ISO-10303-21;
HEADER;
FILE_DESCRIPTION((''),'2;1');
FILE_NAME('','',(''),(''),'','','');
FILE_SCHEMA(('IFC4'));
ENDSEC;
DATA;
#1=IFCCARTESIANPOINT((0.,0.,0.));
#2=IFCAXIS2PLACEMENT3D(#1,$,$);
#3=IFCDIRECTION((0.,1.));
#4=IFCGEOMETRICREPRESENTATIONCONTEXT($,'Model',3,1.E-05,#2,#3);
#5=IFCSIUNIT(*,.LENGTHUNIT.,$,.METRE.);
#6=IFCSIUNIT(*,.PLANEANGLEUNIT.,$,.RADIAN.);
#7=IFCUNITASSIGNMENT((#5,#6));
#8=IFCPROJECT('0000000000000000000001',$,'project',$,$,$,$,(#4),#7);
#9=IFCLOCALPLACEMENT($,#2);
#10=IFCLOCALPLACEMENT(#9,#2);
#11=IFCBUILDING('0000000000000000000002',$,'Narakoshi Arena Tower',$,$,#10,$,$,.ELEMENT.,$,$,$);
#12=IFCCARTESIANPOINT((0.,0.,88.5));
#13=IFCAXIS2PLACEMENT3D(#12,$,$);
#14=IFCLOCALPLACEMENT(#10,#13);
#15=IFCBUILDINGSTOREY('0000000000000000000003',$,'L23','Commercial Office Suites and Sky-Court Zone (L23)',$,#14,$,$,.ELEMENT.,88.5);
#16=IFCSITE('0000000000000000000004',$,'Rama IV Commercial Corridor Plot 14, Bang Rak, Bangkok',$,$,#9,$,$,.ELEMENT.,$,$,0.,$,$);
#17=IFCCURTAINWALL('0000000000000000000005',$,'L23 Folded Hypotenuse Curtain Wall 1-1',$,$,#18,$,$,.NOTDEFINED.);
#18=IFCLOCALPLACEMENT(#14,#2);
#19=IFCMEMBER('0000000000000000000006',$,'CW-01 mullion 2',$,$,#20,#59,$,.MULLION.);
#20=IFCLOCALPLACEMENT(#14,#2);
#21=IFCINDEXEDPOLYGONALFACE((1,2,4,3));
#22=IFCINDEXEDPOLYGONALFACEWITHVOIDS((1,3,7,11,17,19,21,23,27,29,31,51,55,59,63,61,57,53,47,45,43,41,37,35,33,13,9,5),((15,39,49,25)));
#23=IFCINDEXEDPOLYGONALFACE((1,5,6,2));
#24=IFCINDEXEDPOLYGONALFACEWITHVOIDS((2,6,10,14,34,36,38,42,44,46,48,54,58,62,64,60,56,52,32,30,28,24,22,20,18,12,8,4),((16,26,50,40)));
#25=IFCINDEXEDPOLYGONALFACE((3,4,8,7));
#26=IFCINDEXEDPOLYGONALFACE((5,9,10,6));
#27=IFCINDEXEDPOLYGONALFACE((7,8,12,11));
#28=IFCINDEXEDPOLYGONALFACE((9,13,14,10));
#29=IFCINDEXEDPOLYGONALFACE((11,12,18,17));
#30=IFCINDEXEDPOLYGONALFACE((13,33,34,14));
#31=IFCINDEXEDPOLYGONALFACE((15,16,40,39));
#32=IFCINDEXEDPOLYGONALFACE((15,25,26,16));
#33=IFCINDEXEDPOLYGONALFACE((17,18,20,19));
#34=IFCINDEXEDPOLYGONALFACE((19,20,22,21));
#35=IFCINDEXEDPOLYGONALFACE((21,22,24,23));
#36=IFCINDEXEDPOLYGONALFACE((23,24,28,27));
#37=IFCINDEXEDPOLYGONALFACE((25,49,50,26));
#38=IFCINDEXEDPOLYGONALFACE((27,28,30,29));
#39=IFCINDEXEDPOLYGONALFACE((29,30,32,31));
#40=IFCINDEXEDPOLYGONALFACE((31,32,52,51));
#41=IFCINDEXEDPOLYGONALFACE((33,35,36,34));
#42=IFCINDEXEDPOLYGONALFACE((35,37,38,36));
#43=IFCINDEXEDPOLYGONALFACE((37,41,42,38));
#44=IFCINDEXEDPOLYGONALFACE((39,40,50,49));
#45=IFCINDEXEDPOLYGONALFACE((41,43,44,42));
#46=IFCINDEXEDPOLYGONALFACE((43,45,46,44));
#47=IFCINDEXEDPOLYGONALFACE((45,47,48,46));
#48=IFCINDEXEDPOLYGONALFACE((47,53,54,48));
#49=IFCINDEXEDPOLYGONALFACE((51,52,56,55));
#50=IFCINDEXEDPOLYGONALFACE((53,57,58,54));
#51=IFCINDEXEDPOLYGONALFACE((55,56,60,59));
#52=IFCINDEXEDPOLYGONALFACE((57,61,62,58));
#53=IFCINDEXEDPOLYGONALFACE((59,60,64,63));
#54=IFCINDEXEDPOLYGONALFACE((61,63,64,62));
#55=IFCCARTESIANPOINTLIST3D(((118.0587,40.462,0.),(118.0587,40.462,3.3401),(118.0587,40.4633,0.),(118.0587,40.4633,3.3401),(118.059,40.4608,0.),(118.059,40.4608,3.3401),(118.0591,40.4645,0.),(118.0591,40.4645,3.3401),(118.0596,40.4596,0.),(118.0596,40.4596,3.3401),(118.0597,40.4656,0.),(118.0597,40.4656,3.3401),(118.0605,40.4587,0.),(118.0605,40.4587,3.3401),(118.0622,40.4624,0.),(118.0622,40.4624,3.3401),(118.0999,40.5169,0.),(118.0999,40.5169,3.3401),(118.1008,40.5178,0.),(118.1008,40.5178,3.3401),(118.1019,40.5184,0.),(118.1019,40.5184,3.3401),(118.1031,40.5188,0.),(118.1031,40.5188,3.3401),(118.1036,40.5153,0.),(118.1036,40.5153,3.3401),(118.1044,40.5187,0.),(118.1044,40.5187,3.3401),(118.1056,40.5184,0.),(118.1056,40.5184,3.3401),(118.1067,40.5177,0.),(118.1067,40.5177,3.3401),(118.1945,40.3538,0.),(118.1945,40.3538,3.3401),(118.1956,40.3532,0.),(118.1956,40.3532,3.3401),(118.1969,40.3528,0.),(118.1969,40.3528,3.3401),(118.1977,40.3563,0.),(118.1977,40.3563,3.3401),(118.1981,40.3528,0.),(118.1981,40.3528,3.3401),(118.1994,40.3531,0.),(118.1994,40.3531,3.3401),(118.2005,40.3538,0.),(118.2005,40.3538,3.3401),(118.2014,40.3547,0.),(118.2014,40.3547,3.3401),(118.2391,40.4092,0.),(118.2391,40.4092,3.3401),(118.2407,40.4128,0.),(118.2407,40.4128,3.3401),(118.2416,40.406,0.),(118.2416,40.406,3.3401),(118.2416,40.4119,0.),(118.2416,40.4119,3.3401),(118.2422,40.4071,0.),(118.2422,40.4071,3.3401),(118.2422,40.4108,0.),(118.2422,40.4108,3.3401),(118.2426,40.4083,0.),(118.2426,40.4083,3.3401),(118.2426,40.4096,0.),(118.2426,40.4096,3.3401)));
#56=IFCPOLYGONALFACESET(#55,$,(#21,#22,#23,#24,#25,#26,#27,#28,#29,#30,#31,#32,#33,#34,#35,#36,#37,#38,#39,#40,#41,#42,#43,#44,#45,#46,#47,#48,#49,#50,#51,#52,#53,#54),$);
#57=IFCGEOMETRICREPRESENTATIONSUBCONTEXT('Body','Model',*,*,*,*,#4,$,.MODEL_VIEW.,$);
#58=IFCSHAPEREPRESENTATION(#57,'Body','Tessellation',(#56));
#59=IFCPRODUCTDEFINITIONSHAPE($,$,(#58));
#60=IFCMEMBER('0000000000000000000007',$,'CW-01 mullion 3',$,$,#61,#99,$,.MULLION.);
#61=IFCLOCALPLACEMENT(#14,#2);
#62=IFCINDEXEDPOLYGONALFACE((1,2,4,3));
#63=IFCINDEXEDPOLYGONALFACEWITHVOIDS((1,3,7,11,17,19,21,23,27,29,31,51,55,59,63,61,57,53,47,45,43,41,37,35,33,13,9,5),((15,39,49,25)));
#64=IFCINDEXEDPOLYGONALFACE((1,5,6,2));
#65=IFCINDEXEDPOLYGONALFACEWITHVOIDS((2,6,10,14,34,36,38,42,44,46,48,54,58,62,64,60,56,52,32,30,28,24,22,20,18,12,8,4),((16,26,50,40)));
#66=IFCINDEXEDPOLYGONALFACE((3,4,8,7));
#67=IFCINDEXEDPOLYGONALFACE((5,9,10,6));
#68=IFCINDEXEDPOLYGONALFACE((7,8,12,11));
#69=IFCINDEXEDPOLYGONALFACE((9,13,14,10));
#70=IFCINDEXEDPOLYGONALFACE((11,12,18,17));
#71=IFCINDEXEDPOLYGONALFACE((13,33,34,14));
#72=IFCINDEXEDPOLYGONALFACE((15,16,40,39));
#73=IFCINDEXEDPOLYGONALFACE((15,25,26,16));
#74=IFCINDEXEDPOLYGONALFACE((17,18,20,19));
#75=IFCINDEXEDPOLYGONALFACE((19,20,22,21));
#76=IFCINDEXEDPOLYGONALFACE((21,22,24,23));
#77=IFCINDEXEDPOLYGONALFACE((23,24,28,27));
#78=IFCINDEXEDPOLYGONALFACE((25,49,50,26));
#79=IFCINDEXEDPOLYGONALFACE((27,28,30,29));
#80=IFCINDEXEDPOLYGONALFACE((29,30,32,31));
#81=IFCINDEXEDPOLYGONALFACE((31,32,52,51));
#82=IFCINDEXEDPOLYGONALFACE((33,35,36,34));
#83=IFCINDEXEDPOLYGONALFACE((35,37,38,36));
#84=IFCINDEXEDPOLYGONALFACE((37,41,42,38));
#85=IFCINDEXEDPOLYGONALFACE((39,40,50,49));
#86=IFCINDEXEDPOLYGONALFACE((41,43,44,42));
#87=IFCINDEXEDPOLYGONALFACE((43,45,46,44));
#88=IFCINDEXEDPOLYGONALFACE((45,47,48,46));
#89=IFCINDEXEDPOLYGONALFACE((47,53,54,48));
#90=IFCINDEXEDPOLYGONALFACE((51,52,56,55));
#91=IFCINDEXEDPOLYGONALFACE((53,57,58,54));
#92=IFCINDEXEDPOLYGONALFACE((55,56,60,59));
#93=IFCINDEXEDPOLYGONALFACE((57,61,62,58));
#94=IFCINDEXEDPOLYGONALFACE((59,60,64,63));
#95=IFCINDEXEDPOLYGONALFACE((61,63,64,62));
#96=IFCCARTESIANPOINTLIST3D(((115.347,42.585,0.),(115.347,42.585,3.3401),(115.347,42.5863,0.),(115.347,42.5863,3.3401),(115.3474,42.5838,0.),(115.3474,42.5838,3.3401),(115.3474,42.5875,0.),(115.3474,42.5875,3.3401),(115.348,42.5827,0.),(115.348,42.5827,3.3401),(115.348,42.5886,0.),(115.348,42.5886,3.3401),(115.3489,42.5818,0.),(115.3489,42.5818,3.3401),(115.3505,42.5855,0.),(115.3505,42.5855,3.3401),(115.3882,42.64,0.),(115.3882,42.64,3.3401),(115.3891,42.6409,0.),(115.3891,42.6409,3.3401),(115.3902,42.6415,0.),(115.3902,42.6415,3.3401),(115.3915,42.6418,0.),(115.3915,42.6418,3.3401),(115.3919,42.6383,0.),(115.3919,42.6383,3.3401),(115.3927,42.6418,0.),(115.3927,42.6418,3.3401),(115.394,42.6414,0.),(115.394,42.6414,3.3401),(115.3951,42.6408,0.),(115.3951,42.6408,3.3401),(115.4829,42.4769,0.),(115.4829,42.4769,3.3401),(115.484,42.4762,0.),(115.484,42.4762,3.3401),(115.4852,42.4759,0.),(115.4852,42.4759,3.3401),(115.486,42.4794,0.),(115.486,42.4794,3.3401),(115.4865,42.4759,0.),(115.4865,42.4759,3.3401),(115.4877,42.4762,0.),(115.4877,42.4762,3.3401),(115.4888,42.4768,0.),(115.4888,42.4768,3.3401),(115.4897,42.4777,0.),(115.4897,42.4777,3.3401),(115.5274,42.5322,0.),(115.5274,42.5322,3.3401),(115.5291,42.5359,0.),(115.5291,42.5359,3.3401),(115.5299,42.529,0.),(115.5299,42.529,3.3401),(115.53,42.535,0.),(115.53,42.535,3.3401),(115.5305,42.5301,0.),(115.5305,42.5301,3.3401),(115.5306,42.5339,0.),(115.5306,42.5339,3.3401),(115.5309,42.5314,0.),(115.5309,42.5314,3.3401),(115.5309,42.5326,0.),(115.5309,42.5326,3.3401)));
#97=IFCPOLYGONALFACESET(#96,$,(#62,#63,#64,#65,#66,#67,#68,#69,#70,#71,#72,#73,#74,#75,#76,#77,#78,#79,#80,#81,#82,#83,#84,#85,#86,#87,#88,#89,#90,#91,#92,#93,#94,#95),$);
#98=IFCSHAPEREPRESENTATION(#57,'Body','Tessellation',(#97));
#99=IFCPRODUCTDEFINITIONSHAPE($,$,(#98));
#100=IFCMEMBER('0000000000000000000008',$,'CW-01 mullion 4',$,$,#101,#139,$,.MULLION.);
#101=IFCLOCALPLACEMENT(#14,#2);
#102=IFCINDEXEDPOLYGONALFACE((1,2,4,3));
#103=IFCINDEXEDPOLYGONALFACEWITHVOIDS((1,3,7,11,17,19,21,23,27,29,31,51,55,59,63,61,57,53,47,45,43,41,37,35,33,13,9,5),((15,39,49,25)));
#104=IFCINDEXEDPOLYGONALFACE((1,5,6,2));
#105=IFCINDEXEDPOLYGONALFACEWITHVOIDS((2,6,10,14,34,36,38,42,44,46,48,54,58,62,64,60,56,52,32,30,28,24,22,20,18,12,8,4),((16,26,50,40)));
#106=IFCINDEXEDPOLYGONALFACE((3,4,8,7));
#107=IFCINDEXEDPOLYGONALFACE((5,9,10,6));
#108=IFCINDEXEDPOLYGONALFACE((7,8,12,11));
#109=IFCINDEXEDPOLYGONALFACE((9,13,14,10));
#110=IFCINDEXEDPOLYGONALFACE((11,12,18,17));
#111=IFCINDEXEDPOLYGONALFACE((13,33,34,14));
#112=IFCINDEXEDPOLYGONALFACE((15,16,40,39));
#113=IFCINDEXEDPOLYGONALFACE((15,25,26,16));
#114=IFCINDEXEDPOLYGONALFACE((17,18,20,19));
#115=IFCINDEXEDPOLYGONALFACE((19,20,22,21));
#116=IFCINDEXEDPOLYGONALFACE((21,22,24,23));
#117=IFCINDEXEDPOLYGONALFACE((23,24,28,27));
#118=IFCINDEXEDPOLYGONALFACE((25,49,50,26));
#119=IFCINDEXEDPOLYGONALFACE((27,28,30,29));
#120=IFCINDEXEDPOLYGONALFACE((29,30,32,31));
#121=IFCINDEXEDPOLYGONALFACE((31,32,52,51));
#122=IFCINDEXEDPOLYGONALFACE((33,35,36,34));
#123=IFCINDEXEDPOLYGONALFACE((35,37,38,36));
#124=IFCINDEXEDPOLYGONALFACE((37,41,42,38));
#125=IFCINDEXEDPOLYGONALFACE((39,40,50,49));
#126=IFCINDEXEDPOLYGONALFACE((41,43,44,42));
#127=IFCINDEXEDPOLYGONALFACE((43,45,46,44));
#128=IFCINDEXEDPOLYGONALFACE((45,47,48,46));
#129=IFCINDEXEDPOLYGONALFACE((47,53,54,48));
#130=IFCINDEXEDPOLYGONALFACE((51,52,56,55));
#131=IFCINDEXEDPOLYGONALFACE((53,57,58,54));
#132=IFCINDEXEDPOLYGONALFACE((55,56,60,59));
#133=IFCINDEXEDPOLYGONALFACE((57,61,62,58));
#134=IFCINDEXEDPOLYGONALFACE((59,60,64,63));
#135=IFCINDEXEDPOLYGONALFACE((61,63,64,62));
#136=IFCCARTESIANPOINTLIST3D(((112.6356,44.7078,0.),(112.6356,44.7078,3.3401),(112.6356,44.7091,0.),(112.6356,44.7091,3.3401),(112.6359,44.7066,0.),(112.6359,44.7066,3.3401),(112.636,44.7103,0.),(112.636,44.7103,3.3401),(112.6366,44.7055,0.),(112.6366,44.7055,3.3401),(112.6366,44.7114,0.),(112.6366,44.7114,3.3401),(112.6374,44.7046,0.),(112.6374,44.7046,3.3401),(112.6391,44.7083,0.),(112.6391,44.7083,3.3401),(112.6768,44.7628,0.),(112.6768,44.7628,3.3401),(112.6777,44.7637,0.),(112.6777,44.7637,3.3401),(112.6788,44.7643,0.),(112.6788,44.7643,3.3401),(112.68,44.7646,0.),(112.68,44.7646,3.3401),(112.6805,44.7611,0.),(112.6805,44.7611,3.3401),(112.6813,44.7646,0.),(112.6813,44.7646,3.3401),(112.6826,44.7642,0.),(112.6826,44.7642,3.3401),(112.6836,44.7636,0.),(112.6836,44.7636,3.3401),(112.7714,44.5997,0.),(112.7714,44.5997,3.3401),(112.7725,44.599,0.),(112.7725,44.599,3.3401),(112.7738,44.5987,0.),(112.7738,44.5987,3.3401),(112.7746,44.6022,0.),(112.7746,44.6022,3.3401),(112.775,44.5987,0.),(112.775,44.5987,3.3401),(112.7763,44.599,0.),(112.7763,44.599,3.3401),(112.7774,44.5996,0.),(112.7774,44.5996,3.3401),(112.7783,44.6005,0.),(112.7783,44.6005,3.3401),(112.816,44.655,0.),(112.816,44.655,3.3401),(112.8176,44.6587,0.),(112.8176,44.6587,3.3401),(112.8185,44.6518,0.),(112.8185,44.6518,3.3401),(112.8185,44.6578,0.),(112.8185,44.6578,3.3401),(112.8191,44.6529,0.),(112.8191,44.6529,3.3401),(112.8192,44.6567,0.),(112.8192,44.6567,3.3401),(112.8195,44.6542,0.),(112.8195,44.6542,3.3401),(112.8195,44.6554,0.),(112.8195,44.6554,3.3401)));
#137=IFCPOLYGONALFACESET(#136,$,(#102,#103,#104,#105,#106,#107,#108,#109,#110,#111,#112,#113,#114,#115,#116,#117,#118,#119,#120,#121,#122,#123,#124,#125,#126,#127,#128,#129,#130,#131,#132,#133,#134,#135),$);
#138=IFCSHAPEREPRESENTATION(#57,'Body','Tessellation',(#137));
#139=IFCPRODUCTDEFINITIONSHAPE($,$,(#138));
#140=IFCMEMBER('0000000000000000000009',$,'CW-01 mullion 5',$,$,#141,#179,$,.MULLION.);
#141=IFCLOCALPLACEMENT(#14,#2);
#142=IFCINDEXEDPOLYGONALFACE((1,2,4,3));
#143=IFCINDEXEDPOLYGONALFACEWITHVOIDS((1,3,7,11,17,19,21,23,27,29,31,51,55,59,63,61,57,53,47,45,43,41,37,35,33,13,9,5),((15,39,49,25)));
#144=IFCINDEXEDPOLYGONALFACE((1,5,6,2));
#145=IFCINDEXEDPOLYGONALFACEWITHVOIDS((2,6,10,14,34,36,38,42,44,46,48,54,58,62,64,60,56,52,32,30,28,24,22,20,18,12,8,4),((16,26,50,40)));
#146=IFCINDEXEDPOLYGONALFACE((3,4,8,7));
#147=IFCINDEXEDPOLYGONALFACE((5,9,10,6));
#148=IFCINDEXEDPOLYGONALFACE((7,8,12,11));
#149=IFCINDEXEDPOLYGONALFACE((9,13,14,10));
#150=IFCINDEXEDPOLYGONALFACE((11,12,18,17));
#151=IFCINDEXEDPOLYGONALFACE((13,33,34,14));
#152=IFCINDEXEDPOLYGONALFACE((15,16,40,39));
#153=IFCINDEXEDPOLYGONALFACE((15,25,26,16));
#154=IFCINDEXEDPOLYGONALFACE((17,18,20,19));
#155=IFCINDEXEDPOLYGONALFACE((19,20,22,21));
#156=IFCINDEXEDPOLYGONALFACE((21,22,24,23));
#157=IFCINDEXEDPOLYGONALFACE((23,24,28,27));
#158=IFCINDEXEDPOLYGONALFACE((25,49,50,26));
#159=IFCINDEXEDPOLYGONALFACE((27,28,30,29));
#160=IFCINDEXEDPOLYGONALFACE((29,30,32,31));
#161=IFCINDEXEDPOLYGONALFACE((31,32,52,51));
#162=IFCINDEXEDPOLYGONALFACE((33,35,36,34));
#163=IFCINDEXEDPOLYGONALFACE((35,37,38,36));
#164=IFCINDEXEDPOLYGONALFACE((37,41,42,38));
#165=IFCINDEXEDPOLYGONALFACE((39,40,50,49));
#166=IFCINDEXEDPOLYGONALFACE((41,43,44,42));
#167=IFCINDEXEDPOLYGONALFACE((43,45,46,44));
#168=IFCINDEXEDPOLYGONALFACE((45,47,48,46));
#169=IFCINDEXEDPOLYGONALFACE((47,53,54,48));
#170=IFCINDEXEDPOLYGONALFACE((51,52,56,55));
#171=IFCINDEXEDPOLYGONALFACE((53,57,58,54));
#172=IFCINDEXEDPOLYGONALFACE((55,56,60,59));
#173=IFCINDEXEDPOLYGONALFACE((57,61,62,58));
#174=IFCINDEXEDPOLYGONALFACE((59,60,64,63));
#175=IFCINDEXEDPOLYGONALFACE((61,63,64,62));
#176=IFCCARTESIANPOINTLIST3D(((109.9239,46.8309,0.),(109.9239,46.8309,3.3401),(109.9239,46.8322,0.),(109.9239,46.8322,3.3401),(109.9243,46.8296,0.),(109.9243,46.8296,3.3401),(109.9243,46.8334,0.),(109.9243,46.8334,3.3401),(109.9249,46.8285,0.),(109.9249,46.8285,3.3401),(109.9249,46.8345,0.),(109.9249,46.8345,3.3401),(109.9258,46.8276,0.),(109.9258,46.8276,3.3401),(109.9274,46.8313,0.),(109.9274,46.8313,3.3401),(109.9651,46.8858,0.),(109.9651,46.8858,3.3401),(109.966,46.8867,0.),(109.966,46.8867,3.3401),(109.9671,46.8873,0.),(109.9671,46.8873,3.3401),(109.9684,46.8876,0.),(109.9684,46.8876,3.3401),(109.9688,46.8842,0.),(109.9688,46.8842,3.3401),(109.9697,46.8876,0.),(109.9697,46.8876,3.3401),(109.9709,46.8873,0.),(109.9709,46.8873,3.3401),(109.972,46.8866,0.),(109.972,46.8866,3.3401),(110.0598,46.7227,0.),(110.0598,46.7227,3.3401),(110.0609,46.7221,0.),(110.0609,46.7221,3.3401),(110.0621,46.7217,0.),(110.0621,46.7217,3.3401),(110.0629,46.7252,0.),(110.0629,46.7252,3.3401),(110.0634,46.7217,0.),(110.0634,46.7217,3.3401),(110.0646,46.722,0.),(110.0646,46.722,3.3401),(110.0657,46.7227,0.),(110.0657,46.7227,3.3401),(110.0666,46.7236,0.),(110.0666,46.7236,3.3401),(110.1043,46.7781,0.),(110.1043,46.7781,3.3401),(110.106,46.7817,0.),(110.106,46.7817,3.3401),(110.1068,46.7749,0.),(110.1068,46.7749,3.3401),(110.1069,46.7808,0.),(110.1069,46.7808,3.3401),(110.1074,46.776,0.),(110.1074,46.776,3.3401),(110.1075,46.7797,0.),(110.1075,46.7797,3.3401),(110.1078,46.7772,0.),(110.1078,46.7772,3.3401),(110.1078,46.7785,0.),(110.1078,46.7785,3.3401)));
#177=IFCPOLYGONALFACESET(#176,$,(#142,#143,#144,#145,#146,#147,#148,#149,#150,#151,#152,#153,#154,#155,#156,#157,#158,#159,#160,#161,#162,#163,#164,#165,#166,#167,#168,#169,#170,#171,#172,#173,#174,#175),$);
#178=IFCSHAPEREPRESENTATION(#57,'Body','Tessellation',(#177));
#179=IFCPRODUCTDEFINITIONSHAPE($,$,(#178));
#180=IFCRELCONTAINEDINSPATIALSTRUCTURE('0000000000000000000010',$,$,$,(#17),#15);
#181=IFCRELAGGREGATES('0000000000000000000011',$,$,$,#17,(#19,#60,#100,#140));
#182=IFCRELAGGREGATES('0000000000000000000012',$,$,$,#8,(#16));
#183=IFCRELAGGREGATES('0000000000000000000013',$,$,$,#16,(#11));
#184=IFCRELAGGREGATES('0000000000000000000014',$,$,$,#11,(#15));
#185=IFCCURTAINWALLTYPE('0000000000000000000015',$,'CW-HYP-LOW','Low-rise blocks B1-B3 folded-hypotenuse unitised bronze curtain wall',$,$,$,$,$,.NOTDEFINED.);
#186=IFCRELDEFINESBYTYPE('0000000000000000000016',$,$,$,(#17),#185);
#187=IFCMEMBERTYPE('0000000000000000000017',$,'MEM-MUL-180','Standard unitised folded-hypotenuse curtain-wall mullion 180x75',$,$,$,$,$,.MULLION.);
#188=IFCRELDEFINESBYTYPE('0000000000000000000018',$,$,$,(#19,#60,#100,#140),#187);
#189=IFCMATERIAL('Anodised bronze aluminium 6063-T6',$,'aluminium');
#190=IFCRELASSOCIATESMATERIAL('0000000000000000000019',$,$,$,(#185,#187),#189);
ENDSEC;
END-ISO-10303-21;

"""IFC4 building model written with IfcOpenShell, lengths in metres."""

from ifc_helpers import new_model, si_unit, direction, frame, origin, origin_2d, place, context, subcontext, project, spatial, hollow_rectangle, extrude, material, material_profile, profile_set, type_object, element, aggregate, save


model = new_model("IFC4")

# Units and contexts
model_context = context("Model", 3, precision=1e-05, world=origin(), true_north=direction((0.0, 1.0)))
body_context = subcontext(model_context, "Body", "Model", "MODEL_VIEW")
ifc_project = project(units=[si_unit("LENGTHUNIT", "METRE"), si_unit("PLANEANGLEUNIT", "RADIAN")], contexts=[model_context])

# Site, building, storey
site_placement = place(None, origin())
site = spatial("IfcSite", under=ifc_project, at=site_placement, Name="Rama IV Commercial Corridor Plot 14, Bang Rak, Bangkok", CompositionType="ELEMENT", RefElevation=0.0)
building_placement = place(site_placement, origin())
building = spatial("IfcBuilding", under=site, at=building_placement, Name="Narakoshi Arena Tower", CompositionType="ELEMENT")
storey_placement = place(building_placement, frame((0.0, 0.0, 88.5)))
storey = spatial("IfcBuildingStorey", under=building, at=storey_placement, Name="L23", Description="Commercial Office Suites and Sky-Court Zone (L23)", CompositionType="ELEMENT", Elevation=88.5)

# Curtain wall, members
ifc_material_1 = material(Name="Anodised bronze aluminium 6063-T6", Category="aluminium")
curtain_wall_type = type_object("IfcCurtainWallType", Name="CW-HYP-LOW", Description="Low-rise blocks B1-B3 folded-hypotenuse unitised bronze curtain wall", PredefinedType="NOTDEFINED", material=ifc_material_1)
curtain_wall_placement = place(storey_placement, origin())
curtain_wall = element("IfcCurtainWall", 1, at=curtain_wall_placement, inside=storey, type_object=curtain_wall_type, Name="L23 Folded Hypotenuse Curtain Wall 1-1", PredefinedType="NOTDEFINED")
ifc_material_profile_1 = material_profile(ifc_material_1, hollow_rectangle(XDim=0.075, YDim=0.1799, WallThickness=0.0039, OuterFilletRadius=0.0049, at=origin_2d()), Name="MUL180x75x4")
ifc_profile_set_1 = profile_set([ifc_material_profile_1], Name="Anodised bronze aluminium 6063-T6")
member_type_1 = type_object("IfcMemberType", Name="MEM-MUL-180", Description="Standard unitised folded-hypotenuse curtain-wall mullion 180x75", PredefinedType="MULLION", material=ifc_profile_set_1)
member_1_placement = place(storey_placement, frame((118.1506, 40.4358, 0.0), z_axis=(0.0, 0.0, 1.0), x_axis=(-0.616458, -0.787388, 0.0)))
member_1 = element("IfcMember", 2, at=member_1_placement, type_object=member_type_1, Name="CW-01 mullion 2", PredefinedType="MULLION", context=body_context, shape_type="SweptSolid", body=[
    extrude(hollow_rectangle(XDim=0.075, YDim=0.1799, WallThickness=0.0039, OuterFilletRadius=0.0049, at=origin_2d()), origin(), (0.0, 0.0, 1.0), 3.3401),
])
member_2_placement = place(storey_placement, frame((115.439, 42.5588, 0.0), z_axis=(0.0, 0.0, 1.0), x_axis=(-0.616458, -0.787388, 0.0)))
member_2 = element("IfcMember", 3, at=member_2_placement, type_object=member_type_1, Name="CW-01 mullion 3", PredefinedType="MULLION", context=body_context, shape_type="SweptSolid", body=[
    extrude(hollow_rectangle(XDim=0.075, YDim=0.1799, WallThickness=0.0039, OuterFilletRadius=0.0049, at=origin_2d()), origin(), (0.0, 0.0, 1.0), 3.3401),
])
member_3_placement = place(storey_placement, frame((112.7275, 44.6816, 0.0), z_axis=(0.0, 0.0, 1.0), x_axis=(-0.616458, -0.787388, 0.0)))
member_3 = element("IfcMember", 4, at=member_3_placement, type_object=member_type_1, Name="CW-01 mullion 4", PredefinedType="MULLION", context=body_context, shape_type="SweptSolid", body=[
    extrude(hollow_rectangle(XDim=0.075, YDim=0.1799, WallThickness=0.0039, OuterFilletRadius=0.0049, at=origin_2d()), origin(), (0.0, 0.0, 1.0), 3.3401),
])
member_4_placement = place(storey_placement, frame((110.0159, 46.8047, 0.0), z_axis=(0.0, 0.0, 1.0), x_axis=(-0.616458, -0.787388, 0.0)))
member_4 = element("IfcMember", 5, at=member_4_placement, type_object=member_type_1, Name="CW-01 mullion 5", PredefinedType="MULLION", context=body_context, shape_type="SweptSolid", body=[
    extrude(hollow_rectangle(XDim=0.075, YDim=0.1799, WallThickness=0.0039, OuterFilletRadius=0.0049, at=origin_2d()), origin(), (0.0, 0.0, 1.0), 3.3401),
])
aggregate(curtain_wall, [member_1, member_2, member_3, member_4])

save(model, "model.ifc")
